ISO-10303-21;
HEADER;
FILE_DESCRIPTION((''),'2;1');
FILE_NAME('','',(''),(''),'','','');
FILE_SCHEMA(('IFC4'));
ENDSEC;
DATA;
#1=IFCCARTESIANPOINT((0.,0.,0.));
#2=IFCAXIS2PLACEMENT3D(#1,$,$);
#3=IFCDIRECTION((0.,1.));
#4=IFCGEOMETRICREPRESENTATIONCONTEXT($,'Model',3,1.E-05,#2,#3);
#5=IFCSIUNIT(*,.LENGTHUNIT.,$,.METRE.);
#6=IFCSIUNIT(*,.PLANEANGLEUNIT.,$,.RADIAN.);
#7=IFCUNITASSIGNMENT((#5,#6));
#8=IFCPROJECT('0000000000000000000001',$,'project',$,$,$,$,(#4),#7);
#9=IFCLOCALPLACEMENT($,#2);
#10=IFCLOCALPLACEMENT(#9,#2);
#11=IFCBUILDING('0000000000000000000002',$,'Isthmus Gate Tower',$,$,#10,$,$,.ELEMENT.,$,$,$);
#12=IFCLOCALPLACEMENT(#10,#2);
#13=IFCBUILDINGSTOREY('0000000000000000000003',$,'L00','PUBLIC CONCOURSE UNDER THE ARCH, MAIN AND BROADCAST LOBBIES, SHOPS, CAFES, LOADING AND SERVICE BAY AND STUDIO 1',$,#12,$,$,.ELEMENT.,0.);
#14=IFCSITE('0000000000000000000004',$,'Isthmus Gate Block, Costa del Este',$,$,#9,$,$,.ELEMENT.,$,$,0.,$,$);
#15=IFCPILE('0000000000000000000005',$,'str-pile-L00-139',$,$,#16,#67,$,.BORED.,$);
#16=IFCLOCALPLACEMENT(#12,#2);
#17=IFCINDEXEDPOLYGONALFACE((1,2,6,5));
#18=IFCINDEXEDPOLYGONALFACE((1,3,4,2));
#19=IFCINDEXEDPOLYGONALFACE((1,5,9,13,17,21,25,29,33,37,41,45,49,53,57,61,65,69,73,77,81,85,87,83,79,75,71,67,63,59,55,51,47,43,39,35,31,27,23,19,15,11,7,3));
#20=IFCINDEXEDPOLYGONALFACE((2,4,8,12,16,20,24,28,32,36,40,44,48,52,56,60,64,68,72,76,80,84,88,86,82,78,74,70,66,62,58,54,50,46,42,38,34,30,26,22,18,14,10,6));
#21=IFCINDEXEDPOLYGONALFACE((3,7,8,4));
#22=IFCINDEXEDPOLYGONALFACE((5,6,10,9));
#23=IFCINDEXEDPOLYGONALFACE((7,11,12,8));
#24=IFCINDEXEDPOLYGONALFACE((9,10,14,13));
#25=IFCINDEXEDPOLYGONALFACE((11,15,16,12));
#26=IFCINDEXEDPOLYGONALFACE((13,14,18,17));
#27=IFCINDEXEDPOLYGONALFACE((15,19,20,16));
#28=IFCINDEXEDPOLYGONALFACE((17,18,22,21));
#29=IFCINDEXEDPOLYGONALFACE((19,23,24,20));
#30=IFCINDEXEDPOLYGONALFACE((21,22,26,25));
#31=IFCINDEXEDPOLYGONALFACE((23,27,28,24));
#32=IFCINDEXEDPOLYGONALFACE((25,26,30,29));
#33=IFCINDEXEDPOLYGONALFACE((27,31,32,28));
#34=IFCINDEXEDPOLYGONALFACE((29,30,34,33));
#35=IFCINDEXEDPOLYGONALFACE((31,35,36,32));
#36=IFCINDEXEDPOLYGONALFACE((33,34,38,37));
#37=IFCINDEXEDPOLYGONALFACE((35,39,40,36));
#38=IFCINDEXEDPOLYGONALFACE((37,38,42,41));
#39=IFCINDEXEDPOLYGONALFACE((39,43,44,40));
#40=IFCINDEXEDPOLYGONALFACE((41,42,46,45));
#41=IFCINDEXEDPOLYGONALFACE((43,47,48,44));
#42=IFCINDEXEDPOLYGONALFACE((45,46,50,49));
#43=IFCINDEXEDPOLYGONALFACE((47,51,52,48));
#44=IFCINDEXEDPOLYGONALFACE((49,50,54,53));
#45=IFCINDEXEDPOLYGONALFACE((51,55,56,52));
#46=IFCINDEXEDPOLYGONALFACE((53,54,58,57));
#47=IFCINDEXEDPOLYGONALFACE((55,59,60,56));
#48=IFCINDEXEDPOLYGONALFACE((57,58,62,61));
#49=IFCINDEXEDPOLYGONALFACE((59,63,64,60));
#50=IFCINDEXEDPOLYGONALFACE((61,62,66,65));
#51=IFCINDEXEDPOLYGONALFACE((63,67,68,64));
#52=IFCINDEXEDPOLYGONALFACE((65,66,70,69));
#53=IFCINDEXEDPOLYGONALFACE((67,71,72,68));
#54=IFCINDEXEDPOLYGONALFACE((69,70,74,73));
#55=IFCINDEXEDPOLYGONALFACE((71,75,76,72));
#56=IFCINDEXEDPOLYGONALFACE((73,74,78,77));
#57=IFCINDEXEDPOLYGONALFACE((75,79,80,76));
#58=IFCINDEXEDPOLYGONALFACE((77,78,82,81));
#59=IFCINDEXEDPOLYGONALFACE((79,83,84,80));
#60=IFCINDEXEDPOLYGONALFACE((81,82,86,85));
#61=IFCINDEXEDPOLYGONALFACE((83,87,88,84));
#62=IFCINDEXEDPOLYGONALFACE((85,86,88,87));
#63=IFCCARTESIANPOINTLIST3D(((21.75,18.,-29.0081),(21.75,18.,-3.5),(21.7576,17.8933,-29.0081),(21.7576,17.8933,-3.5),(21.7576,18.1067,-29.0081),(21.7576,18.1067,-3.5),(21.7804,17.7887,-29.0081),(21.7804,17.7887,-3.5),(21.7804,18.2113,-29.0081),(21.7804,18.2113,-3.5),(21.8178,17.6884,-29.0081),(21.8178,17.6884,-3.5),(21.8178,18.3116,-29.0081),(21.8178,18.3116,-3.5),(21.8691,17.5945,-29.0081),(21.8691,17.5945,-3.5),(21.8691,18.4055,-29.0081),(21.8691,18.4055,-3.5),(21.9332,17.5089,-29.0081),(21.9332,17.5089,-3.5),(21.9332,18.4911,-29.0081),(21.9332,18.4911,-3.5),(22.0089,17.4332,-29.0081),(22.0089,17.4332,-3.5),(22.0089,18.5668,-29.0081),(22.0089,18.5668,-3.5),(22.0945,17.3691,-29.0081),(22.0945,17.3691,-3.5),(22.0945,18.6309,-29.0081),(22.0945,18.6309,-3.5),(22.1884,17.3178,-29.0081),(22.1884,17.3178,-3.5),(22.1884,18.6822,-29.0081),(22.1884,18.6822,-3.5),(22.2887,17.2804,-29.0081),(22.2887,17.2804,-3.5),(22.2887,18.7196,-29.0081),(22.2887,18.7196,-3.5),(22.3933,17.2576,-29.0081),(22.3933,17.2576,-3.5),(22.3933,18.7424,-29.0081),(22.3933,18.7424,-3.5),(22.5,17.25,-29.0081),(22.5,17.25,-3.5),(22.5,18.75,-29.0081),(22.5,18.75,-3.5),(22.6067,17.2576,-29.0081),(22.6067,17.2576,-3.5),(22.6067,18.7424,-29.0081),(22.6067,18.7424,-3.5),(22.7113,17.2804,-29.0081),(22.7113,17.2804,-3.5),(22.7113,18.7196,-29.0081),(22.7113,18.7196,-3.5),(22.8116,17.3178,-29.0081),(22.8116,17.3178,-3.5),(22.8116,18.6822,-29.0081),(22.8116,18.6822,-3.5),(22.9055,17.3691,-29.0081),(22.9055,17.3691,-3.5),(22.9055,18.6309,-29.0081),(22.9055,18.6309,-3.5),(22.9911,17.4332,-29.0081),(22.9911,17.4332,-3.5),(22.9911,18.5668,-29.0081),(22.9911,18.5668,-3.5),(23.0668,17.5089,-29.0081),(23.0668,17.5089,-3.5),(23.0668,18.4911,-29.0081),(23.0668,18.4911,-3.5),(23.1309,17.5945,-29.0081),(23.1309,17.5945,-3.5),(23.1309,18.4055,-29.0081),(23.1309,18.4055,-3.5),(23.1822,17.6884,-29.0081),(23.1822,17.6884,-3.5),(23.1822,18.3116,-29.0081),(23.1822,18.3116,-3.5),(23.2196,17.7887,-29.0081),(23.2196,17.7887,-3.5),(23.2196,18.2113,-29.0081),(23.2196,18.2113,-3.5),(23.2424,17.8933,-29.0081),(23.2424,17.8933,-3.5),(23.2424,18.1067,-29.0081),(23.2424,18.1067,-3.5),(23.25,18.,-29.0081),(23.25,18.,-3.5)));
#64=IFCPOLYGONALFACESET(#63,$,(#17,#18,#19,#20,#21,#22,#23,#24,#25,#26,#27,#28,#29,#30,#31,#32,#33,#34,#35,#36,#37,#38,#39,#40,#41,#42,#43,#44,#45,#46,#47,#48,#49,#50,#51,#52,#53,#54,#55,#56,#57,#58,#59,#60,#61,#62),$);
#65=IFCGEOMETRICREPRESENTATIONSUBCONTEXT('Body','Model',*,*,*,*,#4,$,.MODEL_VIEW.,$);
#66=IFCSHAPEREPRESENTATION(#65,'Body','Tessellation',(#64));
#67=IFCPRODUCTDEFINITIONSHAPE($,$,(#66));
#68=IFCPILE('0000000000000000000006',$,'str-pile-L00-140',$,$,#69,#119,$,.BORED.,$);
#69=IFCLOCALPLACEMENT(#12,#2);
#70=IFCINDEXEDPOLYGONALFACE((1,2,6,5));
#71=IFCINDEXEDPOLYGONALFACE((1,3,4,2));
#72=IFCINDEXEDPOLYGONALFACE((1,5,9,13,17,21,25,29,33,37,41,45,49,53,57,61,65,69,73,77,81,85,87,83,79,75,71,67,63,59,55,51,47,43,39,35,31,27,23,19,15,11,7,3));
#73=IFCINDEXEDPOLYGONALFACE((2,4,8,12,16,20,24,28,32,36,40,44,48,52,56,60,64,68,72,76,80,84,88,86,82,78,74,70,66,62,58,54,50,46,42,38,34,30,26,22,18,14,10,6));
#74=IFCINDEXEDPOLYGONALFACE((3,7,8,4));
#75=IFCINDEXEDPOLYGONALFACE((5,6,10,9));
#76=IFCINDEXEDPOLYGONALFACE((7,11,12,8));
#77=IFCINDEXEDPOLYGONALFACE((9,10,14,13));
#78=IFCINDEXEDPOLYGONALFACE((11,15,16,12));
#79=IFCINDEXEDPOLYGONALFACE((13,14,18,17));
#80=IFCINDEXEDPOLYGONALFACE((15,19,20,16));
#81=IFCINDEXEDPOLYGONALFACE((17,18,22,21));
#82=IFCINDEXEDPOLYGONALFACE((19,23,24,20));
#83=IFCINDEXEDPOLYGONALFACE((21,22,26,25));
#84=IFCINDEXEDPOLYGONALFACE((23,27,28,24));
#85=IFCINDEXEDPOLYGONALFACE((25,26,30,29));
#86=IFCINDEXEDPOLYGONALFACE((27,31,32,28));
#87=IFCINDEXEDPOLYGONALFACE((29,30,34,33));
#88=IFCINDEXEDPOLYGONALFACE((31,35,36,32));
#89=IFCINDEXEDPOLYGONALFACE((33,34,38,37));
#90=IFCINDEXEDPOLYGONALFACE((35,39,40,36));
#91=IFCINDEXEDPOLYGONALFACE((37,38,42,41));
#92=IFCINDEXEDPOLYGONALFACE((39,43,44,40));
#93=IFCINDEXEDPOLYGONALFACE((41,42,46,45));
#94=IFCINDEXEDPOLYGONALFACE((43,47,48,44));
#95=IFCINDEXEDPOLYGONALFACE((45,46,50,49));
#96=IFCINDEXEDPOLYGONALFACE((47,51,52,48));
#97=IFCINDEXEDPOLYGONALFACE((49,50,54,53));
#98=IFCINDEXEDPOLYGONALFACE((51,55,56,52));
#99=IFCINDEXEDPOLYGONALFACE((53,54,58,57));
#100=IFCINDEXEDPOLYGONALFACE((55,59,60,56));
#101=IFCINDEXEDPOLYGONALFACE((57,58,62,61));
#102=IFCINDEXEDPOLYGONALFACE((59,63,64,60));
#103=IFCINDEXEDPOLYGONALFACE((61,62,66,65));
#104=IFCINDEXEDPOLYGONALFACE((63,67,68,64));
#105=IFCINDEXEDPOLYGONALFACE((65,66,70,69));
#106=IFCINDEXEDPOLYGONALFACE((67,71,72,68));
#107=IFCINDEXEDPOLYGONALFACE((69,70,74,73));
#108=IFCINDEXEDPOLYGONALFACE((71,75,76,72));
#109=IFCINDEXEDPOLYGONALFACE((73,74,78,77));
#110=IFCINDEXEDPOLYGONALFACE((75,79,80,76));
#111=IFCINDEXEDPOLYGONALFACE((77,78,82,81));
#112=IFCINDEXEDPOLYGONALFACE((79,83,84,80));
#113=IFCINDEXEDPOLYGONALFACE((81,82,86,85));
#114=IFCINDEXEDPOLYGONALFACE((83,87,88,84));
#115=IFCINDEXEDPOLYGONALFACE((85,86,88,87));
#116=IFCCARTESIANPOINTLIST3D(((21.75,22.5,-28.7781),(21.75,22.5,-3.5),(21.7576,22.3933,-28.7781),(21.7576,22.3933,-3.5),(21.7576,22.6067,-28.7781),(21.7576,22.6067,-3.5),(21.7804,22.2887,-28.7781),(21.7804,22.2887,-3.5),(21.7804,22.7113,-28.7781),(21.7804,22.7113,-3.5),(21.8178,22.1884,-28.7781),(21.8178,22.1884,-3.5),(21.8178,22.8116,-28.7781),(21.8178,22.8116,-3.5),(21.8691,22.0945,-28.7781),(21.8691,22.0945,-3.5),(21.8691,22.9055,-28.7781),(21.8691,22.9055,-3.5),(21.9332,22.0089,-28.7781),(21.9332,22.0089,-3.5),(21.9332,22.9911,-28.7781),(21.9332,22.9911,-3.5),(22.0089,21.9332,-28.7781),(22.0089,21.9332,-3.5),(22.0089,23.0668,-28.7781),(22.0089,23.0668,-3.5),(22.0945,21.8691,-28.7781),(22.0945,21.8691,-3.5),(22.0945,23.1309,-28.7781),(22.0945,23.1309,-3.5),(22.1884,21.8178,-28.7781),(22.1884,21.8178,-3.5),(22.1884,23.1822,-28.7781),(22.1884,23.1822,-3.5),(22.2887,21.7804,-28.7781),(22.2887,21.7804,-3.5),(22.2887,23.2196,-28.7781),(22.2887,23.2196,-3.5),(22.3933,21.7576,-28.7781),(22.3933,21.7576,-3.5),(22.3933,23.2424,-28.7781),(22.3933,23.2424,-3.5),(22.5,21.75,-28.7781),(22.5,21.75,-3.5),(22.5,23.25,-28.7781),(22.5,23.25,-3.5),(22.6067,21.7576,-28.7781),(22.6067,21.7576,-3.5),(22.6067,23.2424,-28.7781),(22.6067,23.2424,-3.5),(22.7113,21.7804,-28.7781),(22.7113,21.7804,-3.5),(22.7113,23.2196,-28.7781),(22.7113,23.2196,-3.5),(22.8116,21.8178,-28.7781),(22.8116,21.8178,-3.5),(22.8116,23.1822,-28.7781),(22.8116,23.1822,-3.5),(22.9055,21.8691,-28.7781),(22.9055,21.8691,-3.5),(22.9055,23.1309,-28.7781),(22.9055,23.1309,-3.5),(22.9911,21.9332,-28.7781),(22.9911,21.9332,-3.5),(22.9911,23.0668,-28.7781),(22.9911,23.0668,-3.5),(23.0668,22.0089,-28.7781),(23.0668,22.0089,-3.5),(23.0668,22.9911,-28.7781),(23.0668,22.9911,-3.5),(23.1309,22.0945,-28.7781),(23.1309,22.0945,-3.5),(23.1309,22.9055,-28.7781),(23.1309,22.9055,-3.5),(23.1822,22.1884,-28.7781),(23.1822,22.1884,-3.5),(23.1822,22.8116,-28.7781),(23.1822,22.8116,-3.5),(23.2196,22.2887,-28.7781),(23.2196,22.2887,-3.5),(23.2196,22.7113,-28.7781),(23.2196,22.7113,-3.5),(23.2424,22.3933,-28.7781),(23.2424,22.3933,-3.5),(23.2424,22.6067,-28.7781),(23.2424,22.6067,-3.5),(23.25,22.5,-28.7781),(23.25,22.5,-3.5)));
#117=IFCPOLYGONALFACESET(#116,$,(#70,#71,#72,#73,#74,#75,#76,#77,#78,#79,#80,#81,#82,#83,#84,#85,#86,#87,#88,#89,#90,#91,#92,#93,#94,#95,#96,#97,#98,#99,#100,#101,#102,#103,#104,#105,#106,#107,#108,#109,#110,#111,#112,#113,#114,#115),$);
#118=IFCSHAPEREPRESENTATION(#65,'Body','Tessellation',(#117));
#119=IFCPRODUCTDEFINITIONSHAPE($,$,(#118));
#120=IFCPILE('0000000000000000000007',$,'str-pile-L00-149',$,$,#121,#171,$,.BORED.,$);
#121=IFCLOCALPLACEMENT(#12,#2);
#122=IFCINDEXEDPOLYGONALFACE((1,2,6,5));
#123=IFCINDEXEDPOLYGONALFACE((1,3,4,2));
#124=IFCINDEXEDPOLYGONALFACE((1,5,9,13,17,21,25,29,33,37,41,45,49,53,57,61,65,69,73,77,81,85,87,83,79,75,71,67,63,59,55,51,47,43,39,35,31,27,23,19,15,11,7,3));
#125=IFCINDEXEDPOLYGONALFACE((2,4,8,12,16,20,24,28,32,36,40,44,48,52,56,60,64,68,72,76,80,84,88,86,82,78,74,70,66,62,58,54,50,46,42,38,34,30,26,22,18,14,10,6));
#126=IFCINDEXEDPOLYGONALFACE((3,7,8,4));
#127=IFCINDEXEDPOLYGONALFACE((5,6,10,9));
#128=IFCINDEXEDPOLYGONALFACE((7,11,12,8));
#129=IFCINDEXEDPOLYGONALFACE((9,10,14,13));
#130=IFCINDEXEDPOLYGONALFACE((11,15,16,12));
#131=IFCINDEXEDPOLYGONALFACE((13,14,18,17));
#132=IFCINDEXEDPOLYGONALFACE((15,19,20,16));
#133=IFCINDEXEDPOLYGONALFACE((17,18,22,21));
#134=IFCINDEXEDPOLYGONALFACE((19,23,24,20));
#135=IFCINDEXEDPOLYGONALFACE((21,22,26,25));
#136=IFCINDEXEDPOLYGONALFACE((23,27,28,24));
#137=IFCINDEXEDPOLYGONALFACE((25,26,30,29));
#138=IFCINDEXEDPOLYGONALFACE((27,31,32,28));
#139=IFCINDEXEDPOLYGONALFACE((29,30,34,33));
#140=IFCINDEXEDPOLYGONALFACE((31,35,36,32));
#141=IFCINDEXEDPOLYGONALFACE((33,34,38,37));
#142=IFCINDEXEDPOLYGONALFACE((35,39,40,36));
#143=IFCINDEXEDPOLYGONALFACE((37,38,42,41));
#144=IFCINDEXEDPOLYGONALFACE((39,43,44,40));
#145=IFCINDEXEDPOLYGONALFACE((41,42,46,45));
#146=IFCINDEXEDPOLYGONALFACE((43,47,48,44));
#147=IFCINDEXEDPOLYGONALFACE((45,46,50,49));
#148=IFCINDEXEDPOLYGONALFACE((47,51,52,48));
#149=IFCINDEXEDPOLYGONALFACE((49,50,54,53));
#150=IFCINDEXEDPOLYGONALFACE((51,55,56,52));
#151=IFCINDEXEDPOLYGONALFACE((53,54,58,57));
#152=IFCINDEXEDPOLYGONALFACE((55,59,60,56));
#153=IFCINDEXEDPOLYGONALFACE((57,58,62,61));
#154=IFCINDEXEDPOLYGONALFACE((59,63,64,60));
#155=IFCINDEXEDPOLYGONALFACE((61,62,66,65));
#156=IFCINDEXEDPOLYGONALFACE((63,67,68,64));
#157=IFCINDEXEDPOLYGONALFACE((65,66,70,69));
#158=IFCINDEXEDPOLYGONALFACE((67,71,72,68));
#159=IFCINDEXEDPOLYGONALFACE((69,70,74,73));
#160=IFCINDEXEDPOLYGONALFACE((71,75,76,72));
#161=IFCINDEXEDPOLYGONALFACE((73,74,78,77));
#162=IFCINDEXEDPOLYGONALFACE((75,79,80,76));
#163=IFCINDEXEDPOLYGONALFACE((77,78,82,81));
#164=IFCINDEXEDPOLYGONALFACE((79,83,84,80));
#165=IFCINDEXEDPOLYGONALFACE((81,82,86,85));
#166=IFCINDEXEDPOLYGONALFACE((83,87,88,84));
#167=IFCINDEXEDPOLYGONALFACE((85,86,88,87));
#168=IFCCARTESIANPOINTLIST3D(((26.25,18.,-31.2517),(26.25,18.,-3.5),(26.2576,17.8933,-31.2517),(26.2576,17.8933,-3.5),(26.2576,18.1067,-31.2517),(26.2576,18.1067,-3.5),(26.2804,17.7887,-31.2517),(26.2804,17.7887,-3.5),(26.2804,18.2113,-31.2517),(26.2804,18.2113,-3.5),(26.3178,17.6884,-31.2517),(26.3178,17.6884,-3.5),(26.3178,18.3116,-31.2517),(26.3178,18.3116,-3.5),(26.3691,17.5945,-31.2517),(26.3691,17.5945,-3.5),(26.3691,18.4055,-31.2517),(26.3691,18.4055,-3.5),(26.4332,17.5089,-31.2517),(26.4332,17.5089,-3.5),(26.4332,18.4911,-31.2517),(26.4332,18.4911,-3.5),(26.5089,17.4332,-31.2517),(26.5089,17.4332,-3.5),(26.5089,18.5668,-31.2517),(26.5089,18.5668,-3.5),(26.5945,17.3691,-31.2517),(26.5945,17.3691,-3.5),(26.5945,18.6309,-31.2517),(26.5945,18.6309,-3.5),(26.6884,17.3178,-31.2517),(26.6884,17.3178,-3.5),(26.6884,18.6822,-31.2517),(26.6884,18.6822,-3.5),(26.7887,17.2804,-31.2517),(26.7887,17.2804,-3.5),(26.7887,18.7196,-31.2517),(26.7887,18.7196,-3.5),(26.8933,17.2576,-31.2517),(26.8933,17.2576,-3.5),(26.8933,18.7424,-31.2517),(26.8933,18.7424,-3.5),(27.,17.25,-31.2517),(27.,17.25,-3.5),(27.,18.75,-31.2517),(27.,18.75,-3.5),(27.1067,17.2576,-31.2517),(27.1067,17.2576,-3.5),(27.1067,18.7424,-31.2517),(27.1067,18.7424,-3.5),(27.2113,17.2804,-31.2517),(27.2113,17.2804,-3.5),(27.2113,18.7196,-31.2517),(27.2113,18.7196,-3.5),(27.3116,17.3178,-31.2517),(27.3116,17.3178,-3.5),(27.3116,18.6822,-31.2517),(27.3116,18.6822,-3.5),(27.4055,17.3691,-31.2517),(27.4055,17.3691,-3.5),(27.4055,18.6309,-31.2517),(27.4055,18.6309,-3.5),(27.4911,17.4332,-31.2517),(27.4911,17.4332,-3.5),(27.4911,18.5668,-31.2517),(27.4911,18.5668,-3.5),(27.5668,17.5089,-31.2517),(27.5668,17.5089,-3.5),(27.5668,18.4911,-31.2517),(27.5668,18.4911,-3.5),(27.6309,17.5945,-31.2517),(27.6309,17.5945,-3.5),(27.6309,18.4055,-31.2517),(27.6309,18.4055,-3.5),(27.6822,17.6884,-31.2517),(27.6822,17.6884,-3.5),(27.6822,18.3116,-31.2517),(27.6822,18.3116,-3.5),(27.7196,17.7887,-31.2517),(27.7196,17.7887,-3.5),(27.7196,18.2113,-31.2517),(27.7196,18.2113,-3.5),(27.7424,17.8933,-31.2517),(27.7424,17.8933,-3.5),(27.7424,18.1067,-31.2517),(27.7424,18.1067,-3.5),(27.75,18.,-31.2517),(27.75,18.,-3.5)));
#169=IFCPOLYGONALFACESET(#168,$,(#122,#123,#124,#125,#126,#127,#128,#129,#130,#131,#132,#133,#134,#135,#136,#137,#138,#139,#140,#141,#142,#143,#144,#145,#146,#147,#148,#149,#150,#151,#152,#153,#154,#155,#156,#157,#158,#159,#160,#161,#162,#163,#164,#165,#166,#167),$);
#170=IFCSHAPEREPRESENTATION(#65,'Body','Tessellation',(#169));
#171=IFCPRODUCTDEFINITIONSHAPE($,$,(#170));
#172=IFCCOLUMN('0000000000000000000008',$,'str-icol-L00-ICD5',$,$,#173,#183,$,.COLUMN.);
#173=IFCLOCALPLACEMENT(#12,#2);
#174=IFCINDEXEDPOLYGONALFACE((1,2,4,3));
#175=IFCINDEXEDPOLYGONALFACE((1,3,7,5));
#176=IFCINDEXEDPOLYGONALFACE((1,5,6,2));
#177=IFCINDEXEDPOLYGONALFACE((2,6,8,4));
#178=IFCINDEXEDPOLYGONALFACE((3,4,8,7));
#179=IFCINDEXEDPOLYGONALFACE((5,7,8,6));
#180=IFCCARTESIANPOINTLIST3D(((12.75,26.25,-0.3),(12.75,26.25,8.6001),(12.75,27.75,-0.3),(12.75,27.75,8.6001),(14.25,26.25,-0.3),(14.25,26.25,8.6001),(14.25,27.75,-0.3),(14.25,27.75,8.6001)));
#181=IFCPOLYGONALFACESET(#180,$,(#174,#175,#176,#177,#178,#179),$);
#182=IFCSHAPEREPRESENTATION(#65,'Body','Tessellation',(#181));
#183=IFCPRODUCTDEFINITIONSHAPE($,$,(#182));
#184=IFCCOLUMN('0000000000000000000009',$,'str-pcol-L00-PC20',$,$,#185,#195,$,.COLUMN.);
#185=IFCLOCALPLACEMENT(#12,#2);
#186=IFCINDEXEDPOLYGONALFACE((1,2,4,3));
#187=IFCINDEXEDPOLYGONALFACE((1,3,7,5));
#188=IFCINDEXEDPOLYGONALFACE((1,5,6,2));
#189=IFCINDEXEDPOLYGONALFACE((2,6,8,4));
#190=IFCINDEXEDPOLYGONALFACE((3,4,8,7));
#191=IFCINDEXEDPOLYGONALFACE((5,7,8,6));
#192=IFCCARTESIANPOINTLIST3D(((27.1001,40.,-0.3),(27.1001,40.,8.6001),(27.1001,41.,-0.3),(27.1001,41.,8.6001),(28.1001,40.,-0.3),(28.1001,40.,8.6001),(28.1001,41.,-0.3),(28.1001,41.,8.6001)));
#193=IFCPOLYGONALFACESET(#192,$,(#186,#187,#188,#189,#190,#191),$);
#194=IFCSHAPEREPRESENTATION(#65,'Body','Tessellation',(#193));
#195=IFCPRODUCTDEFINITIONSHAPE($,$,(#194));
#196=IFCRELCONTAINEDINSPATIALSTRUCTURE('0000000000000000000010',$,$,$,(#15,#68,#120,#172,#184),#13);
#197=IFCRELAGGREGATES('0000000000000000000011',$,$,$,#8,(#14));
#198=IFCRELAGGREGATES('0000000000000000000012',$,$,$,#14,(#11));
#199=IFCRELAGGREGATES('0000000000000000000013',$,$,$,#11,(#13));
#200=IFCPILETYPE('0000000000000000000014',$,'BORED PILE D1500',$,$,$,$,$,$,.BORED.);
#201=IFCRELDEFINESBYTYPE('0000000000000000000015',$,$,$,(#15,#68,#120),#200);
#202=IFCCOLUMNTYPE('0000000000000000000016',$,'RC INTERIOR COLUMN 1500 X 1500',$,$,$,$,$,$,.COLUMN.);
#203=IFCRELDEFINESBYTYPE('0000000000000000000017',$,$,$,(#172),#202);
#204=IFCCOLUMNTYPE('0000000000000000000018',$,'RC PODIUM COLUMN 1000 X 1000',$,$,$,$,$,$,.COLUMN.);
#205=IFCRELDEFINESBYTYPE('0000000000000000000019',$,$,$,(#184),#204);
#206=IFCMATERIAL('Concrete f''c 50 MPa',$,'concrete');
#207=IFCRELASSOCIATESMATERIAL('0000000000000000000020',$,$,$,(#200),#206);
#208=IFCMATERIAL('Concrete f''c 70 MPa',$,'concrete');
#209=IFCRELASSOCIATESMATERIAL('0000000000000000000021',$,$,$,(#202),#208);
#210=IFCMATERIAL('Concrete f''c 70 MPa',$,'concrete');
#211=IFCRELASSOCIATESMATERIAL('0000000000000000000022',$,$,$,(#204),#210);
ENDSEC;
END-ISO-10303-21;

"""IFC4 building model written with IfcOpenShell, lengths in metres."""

from ifc_helpers import new_model, si_unit, direction, frame, origin, origin_2d, place, context, subcontext, project, spatial, rectangle, circle, extrude, material, material_profile, profile_set, type_object, element, save


model = new_model("IFC4")

# Units and contexts
model_context = context("Model", 3, precision=1e-05, world=origin(), true_north=direction((0.0, 1.0)))
body_context = subcontext(model_context, "Body", "Model", "MODEL_VIEW")
ifc_project = project(units=[si_unit("LENGTHUNIT", "METRE"), si_unit("PLANEANGLEUNIT", "RADIAN")], contexts=[model_context])

# Site, building, storey
site_placement = place(None, origin())
site = spatial("IfcSite", under=ifc_project, at=site_placement, Name="Isthmus Gate Block, Costa del Este", CompositionType="ELEMENT", RefElevation=0.0)
building_placement = place(site_placement, origin())
building = spatial("IfcBuilding", under=site, at=building_placement, Name="Isthmus Gate Tower", CompositionType="ELEMENT")
storey_placement = place(building_placement, origin())
storey = spatial("IfcBuildingStorey", under=building, at=storey_placement, Name="L00", Description="PUBLIC CONCOURSE UNDER THE ARCH, MAIN AND BROADCAST LOBBIES, SHOPS, CAFES, LOADING AND SERVICE BAY AND STUDIO 1", CompositionType="ELEMENT", Elevation=0.0)

# Piles
ifc_material_1 = material(Name="Concrete f'c 50 MPa", Category="concrete")
ifc_material_profile_1 = material_profile(ifc_material_1, circle(Radius=0.75, at=origin_2d()), Name="D1500")
ifc_profile_set_1 = profile_set([ifc_material_profile_1], Name="Concrete f'c 50 MPa")
pile_type_1 = type_object("IfcPileType", Name="BORED PILE D1500", PredefinedType="BORED", material=ifc_profile_set_1)
pile_1_placement = place(storey_placement, frame((22.5, 18.0, -3.5), z_axis=(0.0, 0.0, -1.0), x_axis=(1.0, 0.0, 0.0)))
element("IfcPile", 1, at=pile_1_placement, inside=storey, type_object=pile_type_1, Name="str-pile-L00-139", PredefinedType="BORED", context=body_context, shape_type="SweptSolid", body=[
    extrude(circle(Radius=0.75, at=origin_2d()), origin(), (0.0, 0.0, 1.0), 25.5081),
])
pile_2_placement = place(storey_placement, frame((22.5, 22.5, -3.5), z_axis=(0.0, 0.0, -1.0), x_axis=(1.0, 0.0, 0.0)))
element("IfcPile", 2, at=pile_2_placement, inside=storey, type_object=pile_type_1, Name="str-pile-L00-140", PredefinedType="BORED", context=body_context, shape_type="SweptSolid", body=[
    extrude(circle(Radius=0.75, at=origin_2d()), origin(), (0.0, 0.0, 1.0), 25.2781),
])
pile_3_placement = place(storey_placement, frame((27.0, 18.0, -3.5), z_axis=(0.0, 0.0, -1.0), x_axis=(1.0, 0.0, 0.0)))
element("IfcPile", 3, at=pile_3_placement, inside=storey, type_object=pile_type_1, Name="str-pile-L00-149", PredefinedType="BORED", context=body_context, shape_type="SweptSolid", body=[
    extrude(circle(Radius=0.75, at=origin_2d()), origin(), (0.0, 0.0, 1.0), 27.7517),
])

# Columns
ifc_material_2 = material(Name="Concrete f'c 70 MPa", Category="concrete")
ifc_material_profile_2 = material_profile(ifc_material_2, rectangle(XDim=1.5, YDim=1.5, at=origin_2d()), Name="RC 1500X1500")
ifc_profile_set_2 = profile_set([ifc_material_profile_2], Name="Concrete f'c 70 MPa")
column_type_1 = type_object("IfcColumnType", Name="RC INTERIOR COLUMN 1500 X 1500", PredefinedType="COLUMN", material=ifc_profile_set_2)
column_placement = place(storey_placement, frame((13.5, 27.0, -0.3), z_axis=(0.0, 0.0, 1.0), x_axis=(1.0, 0.0, 0.0)))
element("IfcColumn", 4, at=column_placement, inside=storey, type_object=column_type_1, Name="str-icol-L00-ICD5", PredefinedType="COLUMN", context=body_context, shape_type="SweptSolid", body=[
    extrude(rectangle(XDim=1.5, YDim=1.5, at=origin_2d()), origin(), (0.0, 0.0, 1.0), 8.9001),
])
ifc_material_3 = material(Name="Concrete f'c 70 MPa", Category="concrete")
ifc_material_profile_3 = material_profile(ifc_material_3, rectangle(XDim=1.0, YDim=1.0, at=origin_2d()), Name="RC 1000X1000")
ifc_profile_set_3 = profile_set([ifc_material_profile_3], Name="Concrete f'c 70 MPa")
column_type_2 = type_object("IfcColumnType", Name="RC PODIUM COLUMN 1000 X 1000", PredefinedType="COLUMN", material=ifc_profile_set_3)
for number, where, z_axis, x_axis, name in (
    (5, (27.6001, 40.5, -0.3), (0.0, 0.0, 1.0), (-1.0, 0.0, 0.0), "str-pcol-L00-PC20"),
):
    element("IfcColumn", number, at=place(storey_placement, frame(where, z_axis=z_axis, x_axis=x_axis)), inside=storey, type_object=column_type_2, Name=name, PredefinedType="COLUMN", context=body_context, shape_type="SweptSolid", body=[
        extrude(rectangle(XDim=1.0, YDim=1.0, at=origin_2d()), origin(), (0.0, 0.0, 1.0), 8.9001),
    ])

save(model, "model.ifc")
